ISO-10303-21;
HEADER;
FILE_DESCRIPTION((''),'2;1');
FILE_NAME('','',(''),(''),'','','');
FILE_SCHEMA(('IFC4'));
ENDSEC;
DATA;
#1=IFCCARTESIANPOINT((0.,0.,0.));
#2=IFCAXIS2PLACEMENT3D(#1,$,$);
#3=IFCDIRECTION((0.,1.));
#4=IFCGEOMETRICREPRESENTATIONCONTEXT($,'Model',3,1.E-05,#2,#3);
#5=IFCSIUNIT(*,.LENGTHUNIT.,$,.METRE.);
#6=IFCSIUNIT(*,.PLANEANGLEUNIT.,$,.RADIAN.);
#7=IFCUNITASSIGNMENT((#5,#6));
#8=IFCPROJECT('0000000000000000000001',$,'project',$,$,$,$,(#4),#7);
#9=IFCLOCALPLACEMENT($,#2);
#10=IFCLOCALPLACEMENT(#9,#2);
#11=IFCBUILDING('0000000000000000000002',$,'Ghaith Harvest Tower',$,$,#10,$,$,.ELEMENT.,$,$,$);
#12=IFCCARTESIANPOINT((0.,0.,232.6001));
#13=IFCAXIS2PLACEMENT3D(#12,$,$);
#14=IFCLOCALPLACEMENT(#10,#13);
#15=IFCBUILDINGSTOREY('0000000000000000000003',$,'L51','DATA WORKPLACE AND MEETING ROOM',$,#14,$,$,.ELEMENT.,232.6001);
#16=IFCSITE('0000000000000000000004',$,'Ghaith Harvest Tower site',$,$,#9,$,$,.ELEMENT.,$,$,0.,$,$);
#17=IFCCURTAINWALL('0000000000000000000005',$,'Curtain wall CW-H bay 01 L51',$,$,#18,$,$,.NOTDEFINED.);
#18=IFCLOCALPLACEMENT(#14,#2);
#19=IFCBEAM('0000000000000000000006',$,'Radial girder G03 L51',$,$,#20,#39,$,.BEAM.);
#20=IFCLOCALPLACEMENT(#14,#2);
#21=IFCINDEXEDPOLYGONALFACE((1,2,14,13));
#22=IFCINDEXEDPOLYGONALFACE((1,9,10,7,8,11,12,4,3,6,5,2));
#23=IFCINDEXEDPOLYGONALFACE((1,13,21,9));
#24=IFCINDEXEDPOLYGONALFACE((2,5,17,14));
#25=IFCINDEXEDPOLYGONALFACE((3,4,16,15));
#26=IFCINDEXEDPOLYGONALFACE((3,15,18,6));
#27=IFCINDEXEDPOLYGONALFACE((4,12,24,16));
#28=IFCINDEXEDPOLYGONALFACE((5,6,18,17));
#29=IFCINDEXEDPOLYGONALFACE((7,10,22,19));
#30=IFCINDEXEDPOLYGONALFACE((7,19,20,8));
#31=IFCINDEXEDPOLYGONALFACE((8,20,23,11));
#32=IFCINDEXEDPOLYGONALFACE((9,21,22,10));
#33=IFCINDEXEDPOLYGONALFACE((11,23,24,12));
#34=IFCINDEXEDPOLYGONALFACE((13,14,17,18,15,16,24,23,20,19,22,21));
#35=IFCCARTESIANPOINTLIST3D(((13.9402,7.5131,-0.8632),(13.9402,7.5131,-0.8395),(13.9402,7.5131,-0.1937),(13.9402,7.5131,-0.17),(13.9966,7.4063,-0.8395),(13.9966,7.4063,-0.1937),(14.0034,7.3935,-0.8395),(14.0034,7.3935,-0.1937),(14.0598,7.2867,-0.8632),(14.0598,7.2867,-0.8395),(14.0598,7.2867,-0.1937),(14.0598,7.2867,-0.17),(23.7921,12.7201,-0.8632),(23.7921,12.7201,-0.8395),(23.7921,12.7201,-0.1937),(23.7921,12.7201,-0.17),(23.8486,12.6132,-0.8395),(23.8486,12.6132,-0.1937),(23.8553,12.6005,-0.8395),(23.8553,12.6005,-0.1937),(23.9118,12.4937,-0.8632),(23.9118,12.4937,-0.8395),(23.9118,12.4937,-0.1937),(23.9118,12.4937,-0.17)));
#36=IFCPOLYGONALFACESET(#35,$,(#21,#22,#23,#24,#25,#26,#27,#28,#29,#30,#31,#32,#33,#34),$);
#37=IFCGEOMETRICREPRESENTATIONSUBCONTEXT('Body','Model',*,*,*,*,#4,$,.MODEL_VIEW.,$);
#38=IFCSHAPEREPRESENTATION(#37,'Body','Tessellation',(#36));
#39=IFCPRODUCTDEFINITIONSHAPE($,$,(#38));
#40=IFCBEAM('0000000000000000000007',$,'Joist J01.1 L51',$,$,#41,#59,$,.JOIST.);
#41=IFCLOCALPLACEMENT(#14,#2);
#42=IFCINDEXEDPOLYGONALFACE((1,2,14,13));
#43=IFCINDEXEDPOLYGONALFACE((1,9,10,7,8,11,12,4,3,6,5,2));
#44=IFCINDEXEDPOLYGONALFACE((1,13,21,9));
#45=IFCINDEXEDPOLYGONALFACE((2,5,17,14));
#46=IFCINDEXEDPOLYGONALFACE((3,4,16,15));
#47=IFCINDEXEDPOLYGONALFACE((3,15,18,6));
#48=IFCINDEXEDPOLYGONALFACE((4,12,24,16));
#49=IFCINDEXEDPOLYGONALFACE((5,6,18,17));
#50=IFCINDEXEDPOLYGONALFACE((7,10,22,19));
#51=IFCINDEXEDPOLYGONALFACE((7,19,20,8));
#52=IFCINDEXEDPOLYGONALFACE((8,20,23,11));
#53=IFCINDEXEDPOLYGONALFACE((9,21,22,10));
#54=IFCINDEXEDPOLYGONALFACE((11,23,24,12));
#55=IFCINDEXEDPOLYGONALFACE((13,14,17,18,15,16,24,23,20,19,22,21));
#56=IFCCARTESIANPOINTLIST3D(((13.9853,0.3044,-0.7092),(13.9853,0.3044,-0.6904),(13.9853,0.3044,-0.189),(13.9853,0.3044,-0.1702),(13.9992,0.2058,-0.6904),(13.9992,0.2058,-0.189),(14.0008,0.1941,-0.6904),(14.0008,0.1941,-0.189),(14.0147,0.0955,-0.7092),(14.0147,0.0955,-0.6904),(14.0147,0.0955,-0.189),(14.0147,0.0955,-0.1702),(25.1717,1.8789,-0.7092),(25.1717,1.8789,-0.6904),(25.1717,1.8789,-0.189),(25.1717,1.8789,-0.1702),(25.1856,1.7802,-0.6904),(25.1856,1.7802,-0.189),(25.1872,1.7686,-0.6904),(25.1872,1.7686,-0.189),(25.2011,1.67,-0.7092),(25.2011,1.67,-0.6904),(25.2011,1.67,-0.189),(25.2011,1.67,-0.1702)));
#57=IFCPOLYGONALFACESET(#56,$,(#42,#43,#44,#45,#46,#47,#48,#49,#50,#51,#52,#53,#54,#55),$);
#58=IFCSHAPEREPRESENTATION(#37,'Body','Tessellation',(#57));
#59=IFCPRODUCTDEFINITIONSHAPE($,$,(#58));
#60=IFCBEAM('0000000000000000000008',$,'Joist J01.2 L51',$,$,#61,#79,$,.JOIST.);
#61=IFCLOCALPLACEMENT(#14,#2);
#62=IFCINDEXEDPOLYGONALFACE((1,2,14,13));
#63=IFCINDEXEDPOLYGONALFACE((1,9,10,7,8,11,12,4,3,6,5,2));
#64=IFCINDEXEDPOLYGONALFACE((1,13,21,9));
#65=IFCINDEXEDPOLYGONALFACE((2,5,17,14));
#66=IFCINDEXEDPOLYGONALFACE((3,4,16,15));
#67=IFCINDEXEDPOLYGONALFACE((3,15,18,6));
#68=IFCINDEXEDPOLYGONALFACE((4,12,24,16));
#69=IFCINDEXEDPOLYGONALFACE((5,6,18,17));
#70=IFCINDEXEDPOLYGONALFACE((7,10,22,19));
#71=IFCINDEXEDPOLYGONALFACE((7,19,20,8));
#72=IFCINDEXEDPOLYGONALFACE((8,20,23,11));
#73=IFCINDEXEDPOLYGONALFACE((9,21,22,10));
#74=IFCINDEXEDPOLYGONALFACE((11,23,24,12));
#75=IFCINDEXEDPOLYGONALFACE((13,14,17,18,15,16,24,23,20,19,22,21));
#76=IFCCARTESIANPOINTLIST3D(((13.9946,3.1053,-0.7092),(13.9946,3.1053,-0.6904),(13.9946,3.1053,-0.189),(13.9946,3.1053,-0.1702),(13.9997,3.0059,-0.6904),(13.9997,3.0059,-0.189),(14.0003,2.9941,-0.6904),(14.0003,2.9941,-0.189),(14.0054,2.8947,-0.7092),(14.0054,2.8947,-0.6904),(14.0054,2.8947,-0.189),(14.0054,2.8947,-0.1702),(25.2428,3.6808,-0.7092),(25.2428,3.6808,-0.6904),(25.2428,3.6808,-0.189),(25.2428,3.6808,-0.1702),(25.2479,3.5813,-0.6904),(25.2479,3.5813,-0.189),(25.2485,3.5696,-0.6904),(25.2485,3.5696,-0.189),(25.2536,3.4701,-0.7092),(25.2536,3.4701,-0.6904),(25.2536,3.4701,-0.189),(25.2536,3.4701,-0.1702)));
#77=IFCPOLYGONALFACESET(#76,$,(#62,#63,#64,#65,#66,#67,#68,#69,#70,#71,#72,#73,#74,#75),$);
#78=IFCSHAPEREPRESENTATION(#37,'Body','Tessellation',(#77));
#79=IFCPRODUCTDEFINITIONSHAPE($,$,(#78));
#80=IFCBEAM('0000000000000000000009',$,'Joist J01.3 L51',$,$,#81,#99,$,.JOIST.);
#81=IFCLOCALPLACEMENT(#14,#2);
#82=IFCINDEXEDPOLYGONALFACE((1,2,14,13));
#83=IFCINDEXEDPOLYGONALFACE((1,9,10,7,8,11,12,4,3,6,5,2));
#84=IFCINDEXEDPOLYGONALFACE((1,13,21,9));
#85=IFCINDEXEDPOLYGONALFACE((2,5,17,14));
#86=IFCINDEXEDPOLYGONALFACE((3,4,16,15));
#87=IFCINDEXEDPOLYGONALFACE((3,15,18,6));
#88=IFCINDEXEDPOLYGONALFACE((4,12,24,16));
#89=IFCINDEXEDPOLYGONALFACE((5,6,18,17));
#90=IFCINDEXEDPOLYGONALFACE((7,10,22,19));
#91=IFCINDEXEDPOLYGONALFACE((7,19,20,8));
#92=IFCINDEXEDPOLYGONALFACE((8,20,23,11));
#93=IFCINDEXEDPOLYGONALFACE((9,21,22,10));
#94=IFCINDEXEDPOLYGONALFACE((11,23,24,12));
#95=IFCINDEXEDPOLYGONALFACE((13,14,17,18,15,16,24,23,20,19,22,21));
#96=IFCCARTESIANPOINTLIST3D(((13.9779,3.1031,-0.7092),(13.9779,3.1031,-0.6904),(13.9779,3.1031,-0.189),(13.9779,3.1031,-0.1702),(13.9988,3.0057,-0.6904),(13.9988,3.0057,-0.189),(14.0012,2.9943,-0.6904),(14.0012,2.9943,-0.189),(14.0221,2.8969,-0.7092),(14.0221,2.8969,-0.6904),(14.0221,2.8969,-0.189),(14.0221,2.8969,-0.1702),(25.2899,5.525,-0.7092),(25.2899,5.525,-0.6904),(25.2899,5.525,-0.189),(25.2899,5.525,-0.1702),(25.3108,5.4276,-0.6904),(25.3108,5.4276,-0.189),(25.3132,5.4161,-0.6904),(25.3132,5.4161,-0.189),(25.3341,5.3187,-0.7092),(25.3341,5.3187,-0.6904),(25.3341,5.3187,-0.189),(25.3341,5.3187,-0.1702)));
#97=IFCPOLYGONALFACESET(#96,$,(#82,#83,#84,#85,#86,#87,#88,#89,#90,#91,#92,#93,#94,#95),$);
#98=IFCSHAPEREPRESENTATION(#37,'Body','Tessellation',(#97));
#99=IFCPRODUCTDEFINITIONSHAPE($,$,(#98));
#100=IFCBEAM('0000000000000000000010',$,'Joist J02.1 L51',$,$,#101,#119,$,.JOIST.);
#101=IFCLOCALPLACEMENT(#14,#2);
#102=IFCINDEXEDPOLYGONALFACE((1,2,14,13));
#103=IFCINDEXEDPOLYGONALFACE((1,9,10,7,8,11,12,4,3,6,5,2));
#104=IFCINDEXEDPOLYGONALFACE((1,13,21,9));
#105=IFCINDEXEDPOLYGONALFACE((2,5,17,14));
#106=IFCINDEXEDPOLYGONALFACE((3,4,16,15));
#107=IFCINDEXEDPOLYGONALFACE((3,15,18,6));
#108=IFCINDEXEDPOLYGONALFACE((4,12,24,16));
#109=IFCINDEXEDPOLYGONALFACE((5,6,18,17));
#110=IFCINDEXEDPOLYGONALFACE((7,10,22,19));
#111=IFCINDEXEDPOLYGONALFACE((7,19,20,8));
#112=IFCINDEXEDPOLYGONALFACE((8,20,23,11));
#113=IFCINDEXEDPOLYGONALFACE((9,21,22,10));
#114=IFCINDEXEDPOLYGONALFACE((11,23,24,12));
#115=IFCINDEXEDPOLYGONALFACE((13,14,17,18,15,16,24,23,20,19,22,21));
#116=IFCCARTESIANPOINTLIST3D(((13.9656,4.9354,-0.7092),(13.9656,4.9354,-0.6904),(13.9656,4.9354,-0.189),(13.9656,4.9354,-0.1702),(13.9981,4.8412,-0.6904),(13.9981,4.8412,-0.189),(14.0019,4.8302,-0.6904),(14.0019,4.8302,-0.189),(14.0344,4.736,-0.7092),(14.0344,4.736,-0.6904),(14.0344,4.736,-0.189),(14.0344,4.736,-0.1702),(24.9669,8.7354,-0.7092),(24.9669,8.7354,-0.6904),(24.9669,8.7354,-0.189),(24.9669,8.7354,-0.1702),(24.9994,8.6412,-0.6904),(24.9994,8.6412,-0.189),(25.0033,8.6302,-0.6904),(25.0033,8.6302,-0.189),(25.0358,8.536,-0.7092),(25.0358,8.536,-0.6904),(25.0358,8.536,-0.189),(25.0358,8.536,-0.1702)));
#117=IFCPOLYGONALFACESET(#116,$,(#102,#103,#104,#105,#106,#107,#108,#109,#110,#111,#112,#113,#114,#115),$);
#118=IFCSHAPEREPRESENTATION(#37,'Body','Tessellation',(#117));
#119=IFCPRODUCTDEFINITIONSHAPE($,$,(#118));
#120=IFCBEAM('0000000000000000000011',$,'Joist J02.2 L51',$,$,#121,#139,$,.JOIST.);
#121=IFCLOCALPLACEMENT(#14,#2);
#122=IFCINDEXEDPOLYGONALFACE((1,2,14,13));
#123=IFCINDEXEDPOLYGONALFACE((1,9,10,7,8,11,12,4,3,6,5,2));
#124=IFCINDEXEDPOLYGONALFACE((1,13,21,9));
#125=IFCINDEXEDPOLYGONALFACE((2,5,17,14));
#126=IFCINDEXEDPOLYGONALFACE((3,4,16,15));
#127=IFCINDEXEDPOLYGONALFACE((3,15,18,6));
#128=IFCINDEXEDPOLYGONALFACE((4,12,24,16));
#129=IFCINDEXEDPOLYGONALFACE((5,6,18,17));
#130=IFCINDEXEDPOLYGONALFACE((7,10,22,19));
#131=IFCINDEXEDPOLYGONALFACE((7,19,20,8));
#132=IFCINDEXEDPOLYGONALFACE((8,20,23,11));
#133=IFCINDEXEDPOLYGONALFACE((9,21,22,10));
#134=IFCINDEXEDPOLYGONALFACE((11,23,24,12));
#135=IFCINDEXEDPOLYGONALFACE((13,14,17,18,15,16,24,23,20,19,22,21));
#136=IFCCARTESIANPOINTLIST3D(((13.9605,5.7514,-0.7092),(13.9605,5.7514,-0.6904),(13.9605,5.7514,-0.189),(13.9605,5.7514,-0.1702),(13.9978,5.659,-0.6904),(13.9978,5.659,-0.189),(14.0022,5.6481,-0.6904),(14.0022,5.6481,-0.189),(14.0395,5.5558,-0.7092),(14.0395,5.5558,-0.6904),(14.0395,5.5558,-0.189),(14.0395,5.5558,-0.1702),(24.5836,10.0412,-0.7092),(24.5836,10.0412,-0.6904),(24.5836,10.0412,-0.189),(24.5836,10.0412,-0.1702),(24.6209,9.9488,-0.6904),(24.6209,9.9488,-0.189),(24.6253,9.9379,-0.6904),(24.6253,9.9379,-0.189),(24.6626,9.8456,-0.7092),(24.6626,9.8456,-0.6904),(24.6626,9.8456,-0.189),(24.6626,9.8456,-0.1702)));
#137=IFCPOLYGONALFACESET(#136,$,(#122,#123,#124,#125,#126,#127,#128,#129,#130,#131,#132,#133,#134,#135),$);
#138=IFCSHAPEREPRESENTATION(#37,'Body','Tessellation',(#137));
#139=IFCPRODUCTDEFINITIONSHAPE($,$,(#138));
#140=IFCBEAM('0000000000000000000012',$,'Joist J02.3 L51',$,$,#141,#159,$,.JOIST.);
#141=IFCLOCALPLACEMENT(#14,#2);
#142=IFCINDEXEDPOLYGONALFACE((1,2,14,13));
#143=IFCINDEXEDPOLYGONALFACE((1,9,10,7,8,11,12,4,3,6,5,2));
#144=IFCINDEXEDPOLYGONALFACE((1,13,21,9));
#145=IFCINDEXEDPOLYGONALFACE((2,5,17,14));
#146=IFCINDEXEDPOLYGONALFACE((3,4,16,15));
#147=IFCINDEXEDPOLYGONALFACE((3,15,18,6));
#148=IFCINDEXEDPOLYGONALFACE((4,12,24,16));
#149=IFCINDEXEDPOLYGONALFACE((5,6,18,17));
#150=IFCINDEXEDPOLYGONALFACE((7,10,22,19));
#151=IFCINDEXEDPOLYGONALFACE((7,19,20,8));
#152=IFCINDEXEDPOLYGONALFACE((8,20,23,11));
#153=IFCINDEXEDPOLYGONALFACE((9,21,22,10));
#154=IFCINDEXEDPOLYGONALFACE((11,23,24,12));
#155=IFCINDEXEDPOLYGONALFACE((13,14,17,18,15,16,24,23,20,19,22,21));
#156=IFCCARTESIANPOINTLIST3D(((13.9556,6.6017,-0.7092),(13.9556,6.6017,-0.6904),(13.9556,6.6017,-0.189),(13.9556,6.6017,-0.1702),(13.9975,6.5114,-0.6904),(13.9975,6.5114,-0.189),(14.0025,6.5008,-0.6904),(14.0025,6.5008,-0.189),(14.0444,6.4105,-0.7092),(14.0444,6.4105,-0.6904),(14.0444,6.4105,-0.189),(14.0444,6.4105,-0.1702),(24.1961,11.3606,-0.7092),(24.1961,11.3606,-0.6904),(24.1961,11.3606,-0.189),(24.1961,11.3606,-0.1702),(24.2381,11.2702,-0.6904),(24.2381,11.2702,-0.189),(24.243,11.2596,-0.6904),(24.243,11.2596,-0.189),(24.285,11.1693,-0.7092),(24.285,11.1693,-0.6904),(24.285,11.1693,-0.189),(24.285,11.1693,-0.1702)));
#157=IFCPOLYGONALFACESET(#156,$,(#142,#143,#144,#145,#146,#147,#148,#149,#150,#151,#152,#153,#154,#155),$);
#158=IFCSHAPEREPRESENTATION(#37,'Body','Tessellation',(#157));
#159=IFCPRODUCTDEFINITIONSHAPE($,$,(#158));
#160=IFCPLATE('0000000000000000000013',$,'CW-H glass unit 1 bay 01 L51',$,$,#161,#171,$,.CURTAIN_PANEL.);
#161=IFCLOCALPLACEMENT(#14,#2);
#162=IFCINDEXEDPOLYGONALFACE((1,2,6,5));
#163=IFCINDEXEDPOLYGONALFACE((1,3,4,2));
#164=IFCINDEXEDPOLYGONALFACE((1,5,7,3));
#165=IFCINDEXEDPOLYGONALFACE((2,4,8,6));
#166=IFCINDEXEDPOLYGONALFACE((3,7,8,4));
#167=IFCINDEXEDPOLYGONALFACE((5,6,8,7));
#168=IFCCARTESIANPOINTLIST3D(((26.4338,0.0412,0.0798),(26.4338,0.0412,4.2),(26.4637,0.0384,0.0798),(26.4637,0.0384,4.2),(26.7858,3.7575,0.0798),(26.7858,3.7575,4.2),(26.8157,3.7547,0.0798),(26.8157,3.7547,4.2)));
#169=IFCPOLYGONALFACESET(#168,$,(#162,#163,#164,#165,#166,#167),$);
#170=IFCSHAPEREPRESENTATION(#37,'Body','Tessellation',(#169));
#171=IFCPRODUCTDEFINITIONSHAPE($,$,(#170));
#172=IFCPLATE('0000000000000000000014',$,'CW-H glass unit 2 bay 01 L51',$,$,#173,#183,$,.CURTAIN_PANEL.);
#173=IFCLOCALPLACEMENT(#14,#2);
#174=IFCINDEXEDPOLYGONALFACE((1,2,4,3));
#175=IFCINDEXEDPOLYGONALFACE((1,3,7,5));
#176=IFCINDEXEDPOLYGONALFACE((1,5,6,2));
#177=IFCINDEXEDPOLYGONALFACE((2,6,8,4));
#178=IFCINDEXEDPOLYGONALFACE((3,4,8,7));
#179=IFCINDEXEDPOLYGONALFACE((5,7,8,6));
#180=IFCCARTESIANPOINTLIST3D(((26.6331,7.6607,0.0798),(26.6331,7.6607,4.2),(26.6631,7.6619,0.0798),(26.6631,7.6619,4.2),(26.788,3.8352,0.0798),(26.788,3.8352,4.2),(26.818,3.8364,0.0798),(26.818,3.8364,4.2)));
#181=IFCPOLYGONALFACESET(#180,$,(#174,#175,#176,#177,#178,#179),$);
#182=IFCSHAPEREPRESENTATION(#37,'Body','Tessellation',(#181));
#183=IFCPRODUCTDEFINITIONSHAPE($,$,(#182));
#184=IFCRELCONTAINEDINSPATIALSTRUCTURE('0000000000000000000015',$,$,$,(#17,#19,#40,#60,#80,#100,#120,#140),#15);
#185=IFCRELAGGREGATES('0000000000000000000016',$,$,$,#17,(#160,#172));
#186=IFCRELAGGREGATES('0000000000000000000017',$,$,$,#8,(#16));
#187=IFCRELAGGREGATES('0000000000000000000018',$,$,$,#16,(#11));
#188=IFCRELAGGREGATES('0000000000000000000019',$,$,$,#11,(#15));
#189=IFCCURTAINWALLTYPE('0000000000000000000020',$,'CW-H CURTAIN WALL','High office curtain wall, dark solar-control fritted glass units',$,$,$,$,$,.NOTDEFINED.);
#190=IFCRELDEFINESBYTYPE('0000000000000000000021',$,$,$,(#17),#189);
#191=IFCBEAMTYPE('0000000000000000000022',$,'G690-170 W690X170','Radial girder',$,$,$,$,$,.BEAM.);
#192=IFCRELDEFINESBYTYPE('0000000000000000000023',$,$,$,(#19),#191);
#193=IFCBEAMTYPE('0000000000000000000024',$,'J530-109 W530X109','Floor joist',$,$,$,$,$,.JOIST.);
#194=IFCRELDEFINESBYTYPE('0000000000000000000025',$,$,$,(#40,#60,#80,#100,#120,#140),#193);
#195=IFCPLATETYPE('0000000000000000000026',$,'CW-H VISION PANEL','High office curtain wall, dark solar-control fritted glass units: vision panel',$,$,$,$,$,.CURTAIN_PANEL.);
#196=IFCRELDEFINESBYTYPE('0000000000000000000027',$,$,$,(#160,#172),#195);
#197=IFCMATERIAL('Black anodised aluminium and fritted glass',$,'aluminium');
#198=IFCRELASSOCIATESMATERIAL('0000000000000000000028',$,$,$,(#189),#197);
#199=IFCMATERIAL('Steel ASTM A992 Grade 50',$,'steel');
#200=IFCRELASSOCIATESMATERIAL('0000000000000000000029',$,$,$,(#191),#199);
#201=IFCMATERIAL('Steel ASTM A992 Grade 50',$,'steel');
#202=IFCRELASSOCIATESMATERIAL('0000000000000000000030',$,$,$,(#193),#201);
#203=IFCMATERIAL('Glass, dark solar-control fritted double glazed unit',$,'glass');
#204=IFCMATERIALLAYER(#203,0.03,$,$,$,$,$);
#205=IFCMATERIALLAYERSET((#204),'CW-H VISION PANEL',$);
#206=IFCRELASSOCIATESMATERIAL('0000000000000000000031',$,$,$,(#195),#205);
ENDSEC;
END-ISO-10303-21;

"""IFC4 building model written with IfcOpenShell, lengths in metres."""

from ifc_helpers import new_model, si_unit, direction, frame, origin, origin_2d, place, context, subcontext, project, spatial, rectangle, i_section, extrude, material, layer, layer_set, material_profile, profile_set, type_object, element, aggregate, save


model = new_model("IFC4")

# Units and contexts
model_context = context("Model", 3, precision=1e-05, world=origin(), true_north=direction((0.0, 1.0)))
body_context = subcontext(model_context, "Body", "Model", "MODEL_VIEW")
ifc_project = project(units=[si_unit("LENGTHUNIT", "METRE"), si_unit("PLANEANGLEUNIT", "RADIAN")], contexts=[model_context])

# Site, building, storey
site_placement = place(None, origin())
site = spatial("IfcSite", under=ifc_project, at=site_placement, Name="Ghaith Harvest Tower site", CompositionType="ELEMENT", RefElevation=0.0)
building_placement = place(site_placement, origin())
building = spatial("IfcBuilding", under=site, at=building_placement, Name="Ghaith Harvest Tower", CompositionType="ELEMENT")
storey_placement = place(building_placement, frame((0.0, 0.0, 232.6001)))
storey = spatial("IfcBuildingStorey", under=building, at=storey_placement, Name="L51", Description="DATA WORKPLACE AND MEETING ROOM", CompositionType="ELEMENT", Elevation=232.6001)

# Curtain wall
ifc_material_1 = material(Name="Black anodised aluminium and fritted glass", Category="aluminium")
curtain_wall_type = type_object("IfcCurtainWallType", Name="CW-H CURTAIN WALL", Description="High office curtain wall, dark solar-control fritted glass units", PredefinedType="NOTDEFINED", material=ifc_material_1)
curtain_wall_1_placement = place(storey_placement, origin())
curtain_wall_1 = element("IfcCurtainWall", 1, at=curtain_wall_1_placement, inside=storey, type_object=curtain_wall_type, Name="Curtain wall CW-H bay 01 L51", PredefinedType="NOTDEFINED")

# Beams
ifc_material_2 = material(Name="Steel ASTM A992 Grade 50", Category="steel")
ifc_material_profile_1 = material_profile(ifc_material_2, i_section(OverallWidth=0.2561, OverallDepth=0.6931, WebThickness=0.0144, FlangeThickness=0.0237, at=origin_2d()), Name="W690X170")
ifc_profile_set_1 = profile_set([ifc_material_profile_1], Name="Steel ASTM A992 Grade 50")
beam_type_1 = type_object("IfcBeamType", Name="G690-170 W690X170", Description="Radial girder", PredefinedType="BEAM", material=ifc_profile_set_1)
beam_1_placement = place(storey_placement, frame((14.0, 7.3999, -0.5166), z_axis=(0.884113, 0.467274, 0.0), x_axis=(-0.467274, 0.884113, 0.0)))
element("IfcBeam", 2, at=beam_1_placement, inside=storey, type_object=beam_type_1, Name="Radial girder G03 L51", PredefinedType="BEAM", context=body_context, shape_type="SweptSolid", body=[
    extrude(i_section(OverallWidth=0.2561, OverallDepth=0.6931, WebThickness=0.0144, FlangeThickness=0.0237, at=origin_2d()), origin(), (0.0, 0.0, 1.0), 11.1433),
])
ifc_material_3 = material(Name="Steel ASTM A992 Grade 50", Category="steel")
ifc_material_profile_2 = material_profile(ifc_material_3, i_section(OverallWidth=0.2109, OverallDepth=0.5391, WebThickness=0.0117, FlangeThickness=0.0188, at=origin_2d()), Name="W530X109")
ifc_profile_set_2 = profile_set([ifc_material_profile_2], Name="Steel ASTM A992 Grade 50")
beam_type_2 = type_object("IfcBeamType", Name="J530-109 W530X109", Description="Floor joist", PredefinedType="JOIST", material=ifc_profile_set_2)
beam_2_placement = place(storey_placement, frame((14.0, 0.2, -0.4397), z_axis=(0.99024, 0.139376, 0.0), x_axis=(-0.139376, 0.99024, 0.0)))
element("IfcBeam", 3, at=beam_2_placement, inside=storey, type_object=beam_type_2, Name="Joist J01.1 L51", PredefinedType="JOIST", context=body_context, shape_type="SweptSolid", body=[
    extrude(i_section(OverallWidth=0.2109, OverallDepth=0.5391, WebThickness=0.0117, FlangeThickness=0.0188, at=origin_2d()), origin(), (0.0, 0.0, 1.0), 11.2966),
])
beam_3_placement = place(storey_placement, frame((14.0, 3.0, -0.4397), z_axis=(0.998694, 0.051091, 0.0), x_axis=(-0.051091, 0.998694, 0.0)))
element("IfcBeam", 4, at=beam_3_placement, inside=storey, type_object=beam_type_2, Name="Joist J01.2 L51", PredefinedType="JOIST", context=body_context, shape_type="SweptSolid", body=[
    extrude(i_section(OverallWidth=0.2109, OverallDepth=0.5391, WebThickness=0.0117, FlangeThickness=0.0188, at=origin_2d()), origin(), (0.0, 0.0, 1.0), 11.2629),
])
beam_4_placement = place(storey_placement, frame((14.0, 3.0, -0.4397), z_axis=(0.97784, 0.209353, 0.0), x_axis=(-0.209353, 0.97784, 0.0)))
element("IfcBeam", 5, at=beam_4_placement, inside=storey, type_object=beam_type_2, Name="Joist J01.3 L51", PredefinedType="JOIST", context=body_context, shape_type="SweptSolid", body=[
    extrude(i_section(OverallWidth=0.2109, OverallDepth=0.5391, WebThickness=0.0117, FlangeThickness=0.0188, at=origin_2d()), origin(), (0.0, 0.0, 1.0), 11.5684),
])
beam_5_placement = place(storey_placement, frame((14.0, 4.8357, -0.4397), z_axis=(0.945202, 0.326485, 0.0), x_axis=(-0.326485, 0.945202, 0.0)))
element("IfcBeam", 6, at=beam_5_placement, inside=storey, type_object=beam_type_2, Name="Joist J02.1 L51", PredefinedType="JOIST", context=body_context, shape_type="SweptSolid", body=[
    extrude(i_section(OverallWidth=0.2109, OverallDepth=0.5391, WebThickness=0.0117, FlangeThickness=0.0188, at=origin_2d()), origin(), (0.0, 0.0, 1.0), 11.6392),
])
beam_6_placement = place(storey_placement, frame((14.0, 5.6536, -0.4397), z_axis=(0.92725, 0.374442, 0.0), x_axis=(-0.374442, 0.92725, 0.0)))
element("IfcBeam", 7, at=beam_6_placement, inside=storey, type_object=beam_type_2, Name="Joist J02.2 L51", PredefinedType="JOIST", context=body_context, shape_type="SweptSolid", body=[
    extrude(i_section(OverallWidth=0.2109, OverallDepth=0.5391, WebThickness=0.0117, FlangeThickness=0.0188, at=origin_2d()), origin(), (0.0, 0.0, 1.0), 11.4565),
])
beam_7_placement = place(storey_placement, frame((14.0, 6.5061, -0.4397), z_axis=(0.906864, 0.421423, 0.0), x_axis=(-0.421423, 0.906864, 0.0)))
element("IfcBeam", 8, at=beam_7_placement, inside=storey, type_object=beam_type_2, Name="Joist J02.3 L51", PredefinedType="JOIST", context=body_context, shape_type="SweptSolid", body=[
    extrude(i_section(OverallWidth=0.2109, OverallDepth=0.5391, WebThickness=0.0117, FlangeThickness=0.0188, at=origin_2d()), origin(), (0.0, 0.0, 1.0), 11.2922),
])

# Plates
ifc_material_4 = material(Name="Glass, dark solar-control fritted double glazed unit", Category="glass")
ifc_layer_1 = layer(ifc_material_4, 0.03)
ifc_layer_set_1 = layer_set([ifc_layer_1], Name="CW-H VISION PANEL")
plate_type_1 = type_object("IfcPlateType", Name="CW-H VISION PANEL", Description="High office curtain wall, dark solar-control fritted glass units: vision panel", PredefinedType="CURTAIN_PANEL", material=ifc_layer_set_1)
plate_1_placement = place(storey_placement, frame((26.6248, 1.8979, 0.0798), z_axis=(0.0, 0.0, 1.0), x_axis=(0.094302, 0.995544, 0.0)))
plate_1 = element("IfcPlate", 9, at=plate_1_placement, type_object=plate_type_1, Name="CW-H glass unit 1 bay 01 L51", PredefinedType="CURTAIN_PANEL", context=body_context, shape_type="SweptSolid", body=[
    extrude(rectangle(XDim=3.7329, YDim=0.03, at=origin_2d()), origin(), (0.0, 0.0, 1.0), 4.1201),
])
plate_2_placement = place(storey_placement, frame((26.7256, 5.7485, 0.0798), z_axis=(0.0, 0.0, 1.0), x_axis=(-0.040462, 0.999181, 0.0)))
plate_2 = element("IfcPlate", 10, at=plate_2_placement, type_object=plate_type_1, Name="CW-H glass unit 2 bay 01 L51", PredefinedType="CURTAIN_PANEL", context=body_context, shape_type="SweptSolid", body=[
    extrude(rectangle(XDim=3.8286, YDim=0.03, at=origin_2d()), origin(), (0.0, 0.0, 1.0), 4.1201),
])
aggregate(curtain_wall_1, [plate_1, plate_2])

save(model, "model.ifc")
